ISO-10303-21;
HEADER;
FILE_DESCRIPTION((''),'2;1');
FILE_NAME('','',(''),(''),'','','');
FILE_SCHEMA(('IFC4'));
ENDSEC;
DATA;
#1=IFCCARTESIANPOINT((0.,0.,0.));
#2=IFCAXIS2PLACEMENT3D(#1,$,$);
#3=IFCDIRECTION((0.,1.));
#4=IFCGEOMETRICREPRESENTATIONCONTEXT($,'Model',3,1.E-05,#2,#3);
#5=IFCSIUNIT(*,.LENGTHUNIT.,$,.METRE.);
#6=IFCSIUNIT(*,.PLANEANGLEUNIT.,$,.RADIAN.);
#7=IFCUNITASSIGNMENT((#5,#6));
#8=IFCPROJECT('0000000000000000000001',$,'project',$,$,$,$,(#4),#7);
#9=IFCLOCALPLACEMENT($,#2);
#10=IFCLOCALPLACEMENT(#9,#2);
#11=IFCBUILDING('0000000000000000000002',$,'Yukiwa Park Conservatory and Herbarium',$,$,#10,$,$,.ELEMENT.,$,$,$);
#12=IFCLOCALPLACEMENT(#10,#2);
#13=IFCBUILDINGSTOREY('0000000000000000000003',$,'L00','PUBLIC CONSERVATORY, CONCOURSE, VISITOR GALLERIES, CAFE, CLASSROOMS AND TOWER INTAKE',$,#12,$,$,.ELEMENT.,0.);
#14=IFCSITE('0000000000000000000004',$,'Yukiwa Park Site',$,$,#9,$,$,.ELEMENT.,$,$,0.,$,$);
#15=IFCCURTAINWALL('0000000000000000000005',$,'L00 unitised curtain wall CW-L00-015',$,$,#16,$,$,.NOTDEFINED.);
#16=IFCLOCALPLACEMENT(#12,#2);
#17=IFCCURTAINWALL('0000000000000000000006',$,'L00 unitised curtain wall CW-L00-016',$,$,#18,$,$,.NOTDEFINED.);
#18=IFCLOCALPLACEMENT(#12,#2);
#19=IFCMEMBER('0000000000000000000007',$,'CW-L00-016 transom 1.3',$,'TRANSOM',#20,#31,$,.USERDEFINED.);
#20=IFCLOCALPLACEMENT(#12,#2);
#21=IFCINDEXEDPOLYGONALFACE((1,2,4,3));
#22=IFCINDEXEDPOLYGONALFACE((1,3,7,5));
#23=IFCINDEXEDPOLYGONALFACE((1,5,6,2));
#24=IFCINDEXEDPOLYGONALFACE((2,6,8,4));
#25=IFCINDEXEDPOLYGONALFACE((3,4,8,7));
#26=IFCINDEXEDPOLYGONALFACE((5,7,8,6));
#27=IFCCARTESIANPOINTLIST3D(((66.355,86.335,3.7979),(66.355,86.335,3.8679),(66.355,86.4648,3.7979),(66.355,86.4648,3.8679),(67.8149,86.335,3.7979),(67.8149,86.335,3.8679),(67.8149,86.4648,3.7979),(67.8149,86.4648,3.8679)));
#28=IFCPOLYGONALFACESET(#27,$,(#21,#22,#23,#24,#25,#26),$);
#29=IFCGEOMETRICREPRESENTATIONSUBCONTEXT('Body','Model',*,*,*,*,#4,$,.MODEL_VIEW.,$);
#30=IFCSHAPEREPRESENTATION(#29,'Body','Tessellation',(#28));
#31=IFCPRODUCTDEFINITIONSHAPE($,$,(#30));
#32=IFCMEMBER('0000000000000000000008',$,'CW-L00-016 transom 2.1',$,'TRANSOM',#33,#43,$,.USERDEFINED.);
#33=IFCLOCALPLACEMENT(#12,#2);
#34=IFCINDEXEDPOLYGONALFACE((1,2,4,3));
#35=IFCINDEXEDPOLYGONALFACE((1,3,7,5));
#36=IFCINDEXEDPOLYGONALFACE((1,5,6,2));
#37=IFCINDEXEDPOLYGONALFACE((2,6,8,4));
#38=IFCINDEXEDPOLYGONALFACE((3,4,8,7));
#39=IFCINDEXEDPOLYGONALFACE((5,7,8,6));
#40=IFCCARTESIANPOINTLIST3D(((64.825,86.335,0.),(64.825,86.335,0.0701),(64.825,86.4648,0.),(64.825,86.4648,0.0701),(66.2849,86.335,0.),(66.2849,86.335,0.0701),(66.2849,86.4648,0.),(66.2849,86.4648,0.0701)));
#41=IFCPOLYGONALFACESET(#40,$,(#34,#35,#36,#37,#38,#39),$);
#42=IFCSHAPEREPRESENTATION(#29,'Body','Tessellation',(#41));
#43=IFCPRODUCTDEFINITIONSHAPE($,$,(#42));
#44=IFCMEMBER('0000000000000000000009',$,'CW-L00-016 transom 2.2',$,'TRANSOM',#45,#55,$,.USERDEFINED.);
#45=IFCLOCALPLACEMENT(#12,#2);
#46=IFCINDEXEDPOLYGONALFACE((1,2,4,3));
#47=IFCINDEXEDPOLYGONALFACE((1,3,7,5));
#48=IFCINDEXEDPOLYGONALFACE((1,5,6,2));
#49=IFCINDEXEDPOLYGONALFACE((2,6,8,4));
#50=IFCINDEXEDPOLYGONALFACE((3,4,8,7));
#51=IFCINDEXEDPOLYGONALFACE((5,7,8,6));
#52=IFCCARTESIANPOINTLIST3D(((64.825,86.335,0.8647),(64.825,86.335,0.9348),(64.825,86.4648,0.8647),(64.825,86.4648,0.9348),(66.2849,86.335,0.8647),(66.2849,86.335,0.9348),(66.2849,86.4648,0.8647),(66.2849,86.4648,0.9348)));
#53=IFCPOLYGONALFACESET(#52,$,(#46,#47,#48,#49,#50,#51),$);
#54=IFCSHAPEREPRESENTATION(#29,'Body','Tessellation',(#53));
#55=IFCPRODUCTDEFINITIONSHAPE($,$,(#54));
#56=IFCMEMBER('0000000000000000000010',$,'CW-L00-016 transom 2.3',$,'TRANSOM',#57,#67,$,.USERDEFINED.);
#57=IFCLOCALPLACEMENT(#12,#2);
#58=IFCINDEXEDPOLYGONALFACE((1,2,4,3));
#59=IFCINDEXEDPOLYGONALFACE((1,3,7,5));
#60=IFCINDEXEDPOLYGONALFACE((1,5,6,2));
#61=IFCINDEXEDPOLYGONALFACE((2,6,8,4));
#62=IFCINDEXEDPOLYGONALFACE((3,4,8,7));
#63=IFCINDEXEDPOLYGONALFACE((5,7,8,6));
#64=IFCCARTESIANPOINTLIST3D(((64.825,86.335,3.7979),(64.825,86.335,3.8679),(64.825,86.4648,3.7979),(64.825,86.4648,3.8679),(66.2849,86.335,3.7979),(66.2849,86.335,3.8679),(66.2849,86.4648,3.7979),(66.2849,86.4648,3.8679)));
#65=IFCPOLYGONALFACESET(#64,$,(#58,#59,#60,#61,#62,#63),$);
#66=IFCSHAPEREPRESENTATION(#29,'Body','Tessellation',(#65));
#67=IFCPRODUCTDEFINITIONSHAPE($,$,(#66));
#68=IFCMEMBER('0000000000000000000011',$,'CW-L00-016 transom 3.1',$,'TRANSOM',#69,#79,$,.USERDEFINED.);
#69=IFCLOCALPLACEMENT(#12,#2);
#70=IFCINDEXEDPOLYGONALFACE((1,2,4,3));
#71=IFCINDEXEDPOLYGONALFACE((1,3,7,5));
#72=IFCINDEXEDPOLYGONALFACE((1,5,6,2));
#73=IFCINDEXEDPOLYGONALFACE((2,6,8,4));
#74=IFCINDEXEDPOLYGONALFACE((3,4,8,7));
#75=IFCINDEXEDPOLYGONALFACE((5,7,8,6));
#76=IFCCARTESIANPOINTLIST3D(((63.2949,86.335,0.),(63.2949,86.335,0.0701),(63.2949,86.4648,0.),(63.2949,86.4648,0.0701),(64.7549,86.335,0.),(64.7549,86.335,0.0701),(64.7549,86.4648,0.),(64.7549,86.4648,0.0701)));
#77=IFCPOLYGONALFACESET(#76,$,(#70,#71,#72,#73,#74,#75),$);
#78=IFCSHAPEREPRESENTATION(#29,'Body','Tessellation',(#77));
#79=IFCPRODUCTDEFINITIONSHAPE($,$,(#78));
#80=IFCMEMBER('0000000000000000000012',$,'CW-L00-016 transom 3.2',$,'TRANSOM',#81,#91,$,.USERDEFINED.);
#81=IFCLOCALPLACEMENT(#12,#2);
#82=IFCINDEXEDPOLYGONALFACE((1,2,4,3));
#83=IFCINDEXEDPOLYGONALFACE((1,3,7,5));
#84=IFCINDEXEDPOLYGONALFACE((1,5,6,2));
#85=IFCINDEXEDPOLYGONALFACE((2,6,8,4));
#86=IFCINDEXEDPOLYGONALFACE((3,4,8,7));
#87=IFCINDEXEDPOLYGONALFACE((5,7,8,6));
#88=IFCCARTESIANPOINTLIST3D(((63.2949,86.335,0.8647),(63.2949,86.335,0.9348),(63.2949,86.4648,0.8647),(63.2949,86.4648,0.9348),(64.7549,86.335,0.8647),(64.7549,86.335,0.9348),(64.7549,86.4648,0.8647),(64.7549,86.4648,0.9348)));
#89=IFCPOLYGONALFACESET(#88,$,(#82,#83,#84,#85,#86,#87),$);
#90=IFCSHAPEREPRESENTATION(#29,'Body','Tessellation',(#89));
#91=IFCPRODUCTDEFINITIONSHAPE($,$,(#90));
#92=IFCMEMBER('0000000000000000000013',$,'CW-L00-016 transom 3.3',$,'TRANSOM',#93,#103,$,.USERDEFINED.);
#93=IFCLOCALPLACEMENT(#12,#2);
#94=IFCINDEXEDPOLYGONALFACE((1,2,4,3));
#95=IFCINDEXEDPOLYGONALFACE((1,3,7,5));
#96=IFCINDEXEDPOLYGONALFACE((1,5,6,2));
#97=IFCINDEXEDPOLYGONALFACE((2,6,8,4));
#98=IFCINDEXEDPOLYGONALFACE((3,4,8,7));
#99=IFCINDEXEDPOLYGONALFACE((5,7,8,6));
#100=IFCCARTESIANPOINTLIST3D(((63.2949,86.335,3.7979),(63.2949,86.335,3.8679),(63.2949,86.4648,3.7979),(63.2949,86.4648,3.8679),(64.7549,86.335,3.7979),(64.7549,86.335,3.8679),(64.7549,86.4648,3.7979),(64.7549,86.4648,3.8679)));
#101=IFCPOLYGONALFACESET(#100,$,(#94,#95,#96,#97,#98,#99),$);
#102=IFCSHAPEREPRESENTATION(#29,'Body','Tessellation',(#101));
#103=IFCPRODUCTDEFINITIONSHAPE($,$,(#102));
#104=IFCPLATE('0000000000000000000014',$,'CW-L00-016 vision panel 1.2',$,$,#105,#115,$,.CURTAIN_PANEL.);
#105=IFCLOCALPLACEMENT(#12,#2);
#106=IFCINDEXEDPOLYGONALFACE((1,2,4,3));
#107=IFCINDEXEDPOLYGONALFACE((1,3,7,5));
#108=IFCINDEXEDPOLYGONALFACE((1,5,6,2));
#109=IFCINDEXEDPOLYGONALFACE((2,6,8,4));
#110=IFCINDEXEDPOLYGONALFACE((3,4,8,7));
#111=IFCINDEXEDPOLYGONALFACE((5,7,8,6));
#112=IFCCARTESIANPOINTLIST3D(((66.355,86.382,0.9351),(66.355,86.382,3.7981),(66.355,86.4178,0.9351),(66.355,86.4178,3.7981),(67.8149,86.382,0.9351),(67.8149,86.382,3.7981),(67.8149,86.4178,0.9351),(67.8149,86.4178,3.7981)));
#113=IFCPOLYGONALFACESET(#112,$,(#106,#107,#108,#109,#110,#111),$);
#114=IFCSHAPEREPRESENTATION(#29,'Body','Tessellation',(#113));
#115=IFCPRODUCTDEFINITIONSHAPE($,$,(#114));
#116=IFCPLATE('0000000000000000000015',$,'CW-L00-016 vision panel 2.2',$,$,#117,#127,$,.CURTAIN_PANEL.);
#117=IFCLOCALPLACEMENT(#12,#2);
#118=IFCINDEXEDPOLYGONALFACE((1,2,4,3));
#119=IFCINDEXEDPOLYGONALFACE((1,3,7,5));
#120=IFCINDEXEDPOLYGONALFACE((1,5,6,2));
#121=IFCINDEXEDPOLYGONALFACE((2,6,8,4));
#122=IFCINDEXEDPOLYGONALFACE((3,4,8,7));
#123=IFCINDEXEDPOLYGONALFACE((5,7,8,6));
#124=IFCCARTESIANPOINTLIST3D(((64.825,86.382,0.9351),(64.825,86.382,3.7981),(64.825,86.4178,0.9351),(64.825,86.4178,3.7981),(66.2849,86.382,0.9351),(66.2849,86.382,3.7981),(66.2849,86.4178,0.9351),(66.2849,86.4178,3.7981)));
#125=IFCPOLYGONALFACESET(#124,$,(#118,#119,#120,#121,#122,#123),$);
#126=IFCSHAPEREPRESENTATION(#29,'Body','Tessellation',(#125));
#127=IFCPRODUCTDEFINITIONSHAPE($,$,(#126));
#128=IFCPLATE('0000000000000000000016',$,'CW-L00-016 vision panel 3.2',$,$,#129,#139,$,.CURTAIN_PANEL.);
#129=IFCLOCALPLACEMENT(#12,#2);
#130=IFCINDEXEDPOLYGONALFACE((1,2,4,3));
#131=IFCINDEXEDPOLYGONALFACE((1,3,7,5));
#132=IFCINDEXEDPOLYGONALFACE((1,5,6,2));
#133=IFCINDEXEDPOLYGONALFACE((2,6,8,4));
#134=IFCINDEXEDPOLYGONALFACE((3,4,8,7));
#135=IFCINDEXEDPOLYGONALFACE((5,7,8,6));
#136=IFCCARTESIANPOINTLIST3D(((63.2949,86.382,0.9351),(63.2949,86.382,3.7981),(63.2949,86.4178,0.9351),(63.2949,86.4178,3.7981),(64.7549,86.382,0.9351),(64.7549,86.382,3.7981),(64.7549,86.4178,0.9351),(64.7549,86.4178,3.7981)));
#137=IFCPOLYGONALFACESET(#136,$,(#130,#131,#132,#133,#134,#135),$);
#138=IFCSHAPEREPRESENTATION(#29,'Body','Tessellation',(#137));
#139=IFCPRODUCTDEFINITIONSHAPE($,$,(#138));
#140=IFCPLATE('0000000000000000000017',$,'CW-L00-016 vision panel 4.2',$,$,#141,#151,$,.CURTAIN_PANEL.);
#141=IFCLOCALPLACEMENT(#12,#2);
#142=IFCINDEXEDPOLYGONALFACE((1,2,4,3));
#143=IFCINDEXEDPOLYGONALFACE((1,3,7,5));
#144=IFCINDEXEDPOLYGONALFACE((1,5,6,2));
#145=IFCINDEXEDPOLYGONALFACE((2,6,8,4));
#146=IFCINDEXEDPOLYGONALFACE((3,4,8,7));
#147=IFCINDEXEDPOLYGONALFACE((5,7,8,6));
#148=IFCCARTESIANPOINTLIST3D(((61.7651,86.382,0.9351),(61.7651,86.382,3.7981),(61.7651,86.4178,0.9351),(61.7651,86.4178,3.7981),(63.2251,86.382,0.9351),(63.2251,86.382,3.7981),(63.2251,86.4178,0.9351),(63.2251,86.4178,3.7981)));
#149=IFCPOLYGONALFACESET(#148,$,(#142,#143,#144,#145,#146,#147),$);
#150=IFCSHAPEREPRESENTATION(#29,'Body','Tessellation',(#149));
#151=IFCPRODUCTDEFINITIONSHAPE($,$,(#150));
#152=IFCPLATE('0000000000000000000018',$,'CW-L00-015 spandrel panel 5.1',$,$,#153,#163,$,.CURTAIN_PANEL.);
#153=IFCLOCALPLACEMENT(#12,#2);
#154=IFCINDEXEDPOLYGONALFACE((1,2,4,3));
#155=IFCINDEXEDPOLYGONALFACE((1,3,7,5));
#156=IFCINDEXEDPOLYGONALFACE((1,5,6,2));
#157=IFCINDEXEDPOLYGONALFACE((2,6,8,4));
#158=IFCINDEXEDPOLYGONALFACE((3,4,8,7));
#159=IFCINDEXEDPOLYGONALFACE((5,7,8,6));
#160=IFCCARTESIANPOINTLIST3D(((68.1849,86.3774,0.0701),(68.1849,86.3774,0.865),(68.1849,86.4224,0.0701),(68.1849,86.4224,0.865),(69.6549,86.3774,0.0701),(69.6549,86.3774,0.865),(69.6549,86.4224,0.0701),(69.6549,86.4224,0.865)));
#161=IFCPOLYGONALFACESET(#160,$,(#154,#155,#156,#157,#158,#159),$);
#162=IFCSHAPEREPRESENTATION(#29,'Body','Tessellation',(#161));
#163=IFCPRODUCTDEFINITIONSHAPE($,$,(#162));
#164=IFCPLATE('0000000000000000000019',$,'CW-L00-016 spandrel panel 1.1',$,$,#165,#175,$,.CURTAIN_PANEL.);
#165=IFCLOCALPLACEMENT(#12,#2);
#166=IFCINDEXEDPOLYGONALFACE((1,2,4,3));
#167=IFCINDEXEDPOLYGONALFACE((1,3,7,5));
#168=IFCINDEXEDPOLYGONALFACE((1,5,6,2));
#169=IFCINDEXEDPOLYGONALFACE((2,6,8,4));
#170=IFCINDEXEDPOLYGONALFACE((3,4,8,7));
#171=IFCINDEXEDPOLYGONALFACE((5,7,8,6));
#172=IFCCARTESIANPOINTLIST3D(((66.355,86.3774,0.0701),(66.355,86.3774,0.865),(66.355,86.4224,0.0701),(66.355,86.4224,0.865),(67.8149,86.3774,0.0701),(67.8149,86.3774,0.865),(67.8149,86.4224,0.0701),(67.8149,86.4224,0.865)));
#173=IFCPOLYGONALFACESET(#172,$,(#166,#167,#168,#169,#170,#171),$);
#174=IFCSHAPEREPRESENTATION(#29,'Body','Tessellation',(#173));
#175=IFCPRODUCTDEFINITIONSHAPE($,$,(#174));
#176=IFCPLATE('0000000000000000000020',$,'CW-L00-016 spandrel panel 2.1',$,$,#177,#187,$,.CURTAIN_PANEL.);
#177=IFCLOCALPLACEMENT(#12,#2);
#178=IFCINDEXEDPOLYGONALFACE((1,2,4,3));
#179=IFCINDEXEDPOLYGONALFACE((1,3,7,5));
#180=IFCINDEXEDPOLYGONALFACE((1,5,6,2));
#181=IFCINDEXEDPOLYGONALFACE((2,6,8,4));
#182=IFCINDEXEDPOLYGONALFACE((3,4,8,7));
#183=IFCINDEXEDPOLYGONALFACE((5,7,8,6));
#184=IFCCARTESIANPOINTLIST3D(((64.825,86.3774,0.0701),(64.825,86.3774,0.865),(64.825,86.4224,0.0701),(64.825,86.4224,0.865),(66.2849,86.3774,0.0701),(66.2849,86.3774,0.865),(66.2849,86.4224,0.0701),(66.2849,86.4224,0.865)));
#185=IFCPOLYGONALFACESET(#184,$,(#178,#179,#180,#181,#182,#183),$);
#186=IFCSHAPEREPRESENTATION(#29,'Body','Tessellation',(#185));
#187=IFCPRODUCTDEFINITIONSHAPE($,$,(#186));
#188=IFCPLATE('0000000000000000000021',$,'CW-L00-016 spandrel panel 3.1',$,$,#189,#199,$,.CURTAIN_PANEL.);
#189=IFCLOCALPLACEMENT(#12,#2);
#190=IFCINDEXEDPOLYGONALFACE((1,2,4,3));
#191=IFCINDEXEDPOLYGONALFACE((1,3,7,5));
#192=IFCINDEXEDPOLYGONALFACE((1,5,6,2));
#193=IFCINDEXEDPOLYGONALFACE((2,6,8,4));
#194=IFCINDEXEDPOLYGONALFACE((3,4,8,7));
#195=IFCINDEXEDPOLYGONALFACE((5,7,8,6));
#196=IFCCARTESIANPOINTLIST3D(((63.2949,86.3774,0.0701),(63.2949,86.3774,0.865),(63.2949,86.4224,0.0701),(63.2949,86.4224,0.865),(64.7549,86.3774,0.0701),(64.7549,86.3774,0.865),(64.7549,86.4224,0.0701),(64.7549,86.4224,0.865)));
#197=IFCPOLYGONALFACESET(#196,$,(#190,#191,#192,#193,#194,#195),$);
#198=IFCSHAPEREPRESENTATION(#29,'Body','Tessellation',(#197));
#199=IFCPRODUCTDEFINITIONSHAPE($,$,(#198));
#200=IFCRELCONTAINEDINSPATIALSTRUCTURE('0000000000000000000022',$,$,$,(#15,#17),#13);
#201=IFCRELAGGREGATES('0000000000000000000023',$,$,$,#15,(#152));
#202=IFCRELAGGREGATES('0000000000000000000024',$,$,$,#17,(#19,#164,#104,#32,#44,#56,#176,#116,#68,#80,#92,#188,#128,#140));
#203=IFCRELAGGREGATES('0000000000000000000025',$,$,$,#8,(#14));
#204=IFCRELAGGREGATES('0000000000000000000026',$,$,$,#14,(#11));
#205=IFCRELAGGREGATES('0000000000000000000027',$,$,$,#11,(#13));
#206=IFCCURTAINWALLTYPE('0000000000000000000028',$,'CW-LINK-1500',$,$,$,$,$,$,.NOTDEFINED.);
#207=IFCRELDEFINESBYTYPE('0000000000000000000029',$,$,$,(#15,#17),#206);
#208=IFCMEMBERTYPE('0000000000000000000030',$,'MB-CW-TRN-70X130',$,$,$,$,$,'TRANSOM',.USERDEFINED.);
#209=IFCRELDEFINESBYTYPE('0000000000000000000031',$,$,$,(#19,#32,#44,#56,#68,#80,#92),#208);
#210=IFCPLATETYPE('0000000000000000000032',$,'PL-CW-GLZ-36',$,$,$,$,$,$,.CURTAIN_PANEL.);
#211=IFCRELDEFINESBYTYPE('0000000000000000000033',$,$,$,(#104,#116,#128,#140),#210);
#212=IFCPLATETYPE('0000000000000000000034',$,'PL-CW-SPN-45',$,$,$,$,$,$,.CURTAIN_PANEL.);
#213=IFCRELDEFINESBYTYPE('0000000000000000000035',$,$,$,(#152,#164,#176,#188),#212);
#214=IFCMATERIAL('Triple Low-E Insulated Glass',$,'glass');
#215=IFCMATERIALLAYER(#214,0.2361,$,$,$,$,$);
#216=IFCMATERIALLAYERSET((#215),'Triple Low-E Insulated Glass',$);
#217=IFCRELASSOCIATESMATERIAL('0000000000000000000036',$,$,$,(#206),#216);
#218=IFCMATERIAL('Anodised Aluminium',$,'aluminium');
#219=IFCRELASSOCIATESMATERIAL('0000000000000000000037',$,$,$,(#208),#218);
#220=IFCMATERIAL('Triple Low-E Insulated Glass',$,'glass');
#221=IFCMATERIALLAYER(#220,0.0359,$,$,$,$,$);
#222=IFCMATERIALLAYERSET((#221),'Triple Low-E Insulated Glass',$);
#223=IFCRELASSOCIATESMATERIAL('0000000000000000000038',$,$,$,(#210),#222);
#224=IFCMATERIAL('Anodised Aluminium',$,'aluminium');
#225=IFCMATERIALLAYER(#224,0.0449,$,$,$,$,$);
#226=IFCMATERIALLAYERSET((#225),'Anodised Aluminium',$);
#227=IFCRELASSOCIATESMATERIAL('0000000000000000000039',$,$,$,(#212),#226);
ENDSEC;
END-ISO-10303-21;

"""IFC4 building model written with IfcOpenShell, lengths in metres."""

from ifc_helpers import new_model, si_unit, direction, frame, origin, origin_2d, place, context, subcontext, project, spatial, rectangle, extrude, material, layer, layer_set, type_object, element, aggregate, save


model = new_model("IFC4")

# Units and contexts
model_context = context("Model", 3, precision=1e-05, world=origin(), true_north=direction((0.0, 1.0)))
body_context = subcontext(model_context, "Body", "Model", "MODEL_VIEW")
ifc_project = project(units=[si_unit("LENGTHUNIT", "METRE"), si_unit("PLANEANGLEUNIT", "RADIAN")], contexts=[model_context])

# Site, building, storey
site_placement = place(None, origin())
site = spatial("IfcSite", under=ifc_project, at=site_placement, Name="Yukiwa Park Site", CompositionType="ELEMENT", RefElevation=0.0)
building_placement = place(site_placement, origin())
building = spatial("IfcBuilding", under=site, at=building_placement, Name="Yukiwa Park Conservatory and Herbarium", CompositionType="ELEMENT")
storey_placement = place(building_placement, origin())
storey = spatial("IfcBuildingStorey", under=building, at=storey_placement, Name="L00", Description="PUBLIC CONSERVATORY, CONCOURSE, VISITOR GALLERIES, CAFE, CLASSROOMS AND TOWER INTAKE", CompositionType="ELEMENT", Elevation=0.0)

# Curtain wall
ifc_material_1 = material(Name="Triple Low-E Insulated Glass", Category="glass")
ifc_layer_1 = layer(ifc_material_1, 0.2361)
ifc_layer_set_1 = layer_set([ifc_layer_1], Name="Triple Low-E Insulated Glass")
curtain_wall_type = type_object("IfcCurtainWallType", Name="CW-LINK-1500", PredefinedType="NOTDEFINED", material=ifc_layer_set_1)
curtain_wall_1_placement = place(storey_placement, origin())
curtain_wall_1 = element("IfcCurtainWall", 1, at=curtain_wall_1_placement, inside=storey, type_object=curtain_wall_type, Name="L00 unitised curtain wall CW-L00-015", PredefinedType="NOTDEFINED")

# Curtain wall
curtain_wall_2_placement = place(storey_placement, origin())
curtain_wall_2 = element("IfcCurtainWall", 2, at=curtain_wall_2_placement, inside=storey, type_object=curtain_wall_type, Name="L00 unitised curtain wall CW-L00-016", PredefinedType="NOTDEFINED")

# Members
ifc_material_2 = material(Name="Anodised Aluminium", Category="aluminium")
member_type_1 = type_object("IfcMemberType", Name="MB-CW-TRN-70X130", ElementType="TRANSOM", PredefinedType="USERDEFINED", material=ifc_material_2)
member_1_placement = place(storey_placement, frame((67.085, 86.3999, 3.7979), z_axis=(0.0, 0.0, 1.0), x_axis=(-1.0, 0.0, 0.0)))
member_1 = element("IfcMember", 3, at=member_1_placement, type_object=member_type_1, Name="CW-L00-016 transom 1.3", ObjectType="TRANSOM", PredefinedType="USERDEFINED", context=body_context, shape_type="SweptSolid", body=[
    extrude(rectangle(XDim=1.46, YDim=0.1299, at=origin_2d()), origin(), (0.0, 0.0, 1.0), 0.0701),
])
member_2_placement = place(storey_placement, frame((65.5549, 86.3999, 0.0), z_axis=(0.0, 0.0, 1.0), x_axis=(-1.0, 0.0, 0.0)))
member_2 = element("IfcMember", 4, at=member_2_placement, type_object=member_type_1, Name="CW-L00-016 transom 2.1", ObjectType="TRANSOM", PredefinedType="USERDEFINED", context=body_context, shape_type="SweptSolid", body=[
    extrude(rectangle(XDim=1.46, YDim=0.1299, at=origin_2d()), origin(), (0.0, 0.0, 1.0), 0.0701),
])
member_3_placement = place(storey_placement, frame((65.5549, 86.3999, 0.8647), z_axis=(0.0, 0.0, 1.0), x_axis=(-1.0, 0.0, 0.0)))
member_3 = element("IfcMember", 5, at=member_3_placement, type_object=member_type_1, Name="CW-L00-016 transom 2.2", ObjectType="TRANSOM", PredefinedType="USERDEFINED", context=body_context, shape_type="SweptSolid", body=[
    extrude(rectangle(XDim=1.46, YDim=0.1299, at=origin_2d()), origin(), (0.0, 0.0, 1.0), 0.0701),
])
member_4_placement = place(storey_placement, frame((65.5549, 86.3999, 3.7979), z_axis=(0.0, 0.0, 1.0), x_axis=(-1.0, 0.0, 0.0)))
member_4 = element("IfcMember", 6, at=member_4_placement, type_object=member_type_1, Name="CW-L00-016 transom 2.3", ObjectType="TRANSOM", PredefinedType="USERDEFINED", context=body_context, shape_type="SweptSolid", body=[
    extrude(rectangle(XDim=1.46, YDim=0.1299, at=origin_2d()), origin(), (0.0, 0.0, 1.0), 0.0701),
])
member_5_placement = place(storey_placement, frame((64.0249, 86.3999, 0.0), z_axis=(0.0, 0.0, 1.0), x_axis=(-1.0, 0.0, 0.0)))
member_5 = element("IfcMember", 7, at=member_5_placement, type_object=member_type_1, Name="CW-L00-016 transom 3.1", ObjectType="TRANSOM", PredefinedType="USERDEFINED", context=body_context, shape_type="SweptSolid", body=[
    extrude(rectangle(XDim=1.46, YDim=0.1299, at=origin_2d()), origin(), (0.0, 0.0, 1.0), 0.0701),
])
member_6_placement = place(storey_placement, frame((64.0249, 86.3999, 0.8647), z_axis=(0.0, 0.0, 1.0), x_axis=(-1.0, 0.0, 0.0)))
member_6 = element("IfcMember", 8, at=member_6_placement, type_object=member_type_1, Name="CW-L00-016 transom 3.2", ObjectType="TRANSOM", PredefinedType="USERDEFINED", context=body_context, shape_type="SweptSolid", body=[
    extrude(rectangle(XDim=1.46, YDim=0.1299, at=origin_2d()), origin(), (0.0, 0.0, 1.0), 0.0701),
])
member_7_placement = place(storey_placement, frame((64.0249, 86.3999, 3.7979), z_axis=(0.0, 0.0, 1.0), x_axis=(-1.0, 0.0, 0.0)))
member_7 = element("IfcMember", 9, at=member_7_placement, type_object=member_type_1, Name="CW-L00-016 transom 3.3", ObjectType="TRANSOM", PredefinedType="USERDEFINED", context=body_context, shape_type="SweptSolid", body=[
    extrude(rectangle(XDim=1.46, YDim=0.1299, at=origin_2d()), origin(), (0.0, 0.0, 1.0), 0.0701),
])

# Plates
ifc_material_3 = material(Name="Triple Low-E Insulated Glass", Category="glass")
ifc_layer_2 = layer(ifc_material_3, 0.0359)
ifc_layer_set_2 = layer_set([ifc_layer_2], Name="Triple Low-E Insulated Glass")
plate_type_1 = type_object("IfcPlateType", Name="PL-CW-GLZ-36", PredefinedType="CURTAIN_PANEL", material=ifc_layer_set_2)
plate_1_placement = place(storey_placement, frame((67.085, 86.3999, 0.9351), z_axis=(0.0, 0.0, 1.0), x_axis=(-1.0, 0.0, 0.0)))
plate_1 = element("IfcPlate", 10, at=plate_1_placement, type_object=plate_type_1, Name="CW-L00-016 vision panel 1.2", PredefinedType="CURTAIN_PANEL", context=body_context, shape_type="SweptSolid", body=[
    extrude(rectangle(XDim=1.46, YDim=0.0359, at=origin_2d()), origin(), (0.0, 0.0, 1.0), 2.863),
])
plate_2_placement = place(storey_placement, frame((65.5549, 86.3999, 0.9351), z_axis=(0.0, 0.0, 1.0), x_axis=(-1.0, 0.0, 0.0)))
plate_2 = element("IfcPlate", 11, at=plate_2_placement, type_object=plate_type_1, Name="CW-L00-016 vision panel 2.2", PredefinedType="CURTAIN_PANEL", context=body_context, shape_type="SweptSolid", body=[
    extrude(rectangle(XDim=1.46, YDim=0.0359, at=origin_2d()), origin(), (0.0, 0.0, 1.0), 2.863),
])
plate_3_placement = place(storey_placement, frame((64.0249, 86.3999, 0.9351), z_axis=(0.0, 0.0, 1.0), x_axis=(-1.0, 0.0, 0.0)))
plate_3 = element("IfcPlate", 12, at=plate_3_placement, type_object=plate_type_1, Name="CW-L00-016 vision panel 3.2", PredefinedType="CURTAIN_PANEL", context=body_context, shape_type="SweptSolid", body=[
    extrude(rectangle(XDim=1.46, YDim=0.0359, at=origin_2d()), origin(), (0.0, 0.0, 1.0), 2.863),
])
plate_4_placement = place(storey_placement, frame((62.4951, 86.3999, 0.9351), z_axis=(0.0, 0.0, 1.0), x_axis=(-1.0, 0.0, 0.0)))
plate_4 = element("IfcPlate", 13, at=plate_4_placement, type_object=plate_type_1, Name="CW-L00-016 vision panel 4.2", PredefinedType="CURTAIN_PANEL", context=body_context, shape_type="SweptSolid", body=[
    extrude(rectangle(XDim=1.46, YDim=0.0359, at=origin_2d()), origin(), (0.0, 0.0, 1.0), 2.863),
])
ifc_material_4 = material(Name="Anodised Aluminium", Category="aluminium")
ifc_layer_3 = layer(ifc_material_4, 0.0449)
ifc_layer_set_3 = layer_set([ifc_layer_3], Name="Anodised Aluminium")
plate_type_2 = type_object("IfcPlateType", Name="PL-CW-SPN-45", PredefinedType="CURTAIN_PANEL", material=ifc_layer_set_3)
plate_5_placement = place(storey_placement, frame((68.9199, 86.3999, 0.0701), z_axis=(0.0, 0.0, 1.0), x_axis=(-1.0, 0.0, 0.0)))
plate_5 = element("IfcPlate", 14, at=plate_5_placement, type_object=plate_type_2, Name="CW-L00-015 spandrel panel 5.1", PredefinedType="CURTAIN_PANEL", context=body_context, shape_type="SweptSolid", body=[
    extrude(rectangle(XDim=1.47, YDim=0.0449, at=origin_2d()), origin(), (0.0, 0.0, 1.0), 0.7949),
])
aggregate(curtain_wall_1, [plate_5])
plate_6_placement = place(storey_placement, frame((67.085, 86.3999, 0.0701), z_axis=(0.0, 0.0, 1.0), x_axis=(-1.0, 0.0, 0.0)))
plate_6 = element("IfcPlate", 15, at=plate_6_placement, type_object=plate_type_2, Name="CW-L00-016 spandrel panel 1.1", PredefinedType="CURTAIN_PANEL", context=body_context, shape_type="SweptSolid", body=[
    extrude(rectangle(XDim=1.46, YDim=0.0449, at=origin_2d()), origin(), (0.0, 0.0, 1.0), 0.7949),
])
plate_7_placement = place(storey_placement, frame((65.5549, 86.3999, 0.0701), z_axis=(0.0, 0.0, 1.0), x_axis=(-1.0, 0.0, 0.0)))
plate_7 = element("IfcPlate", 16, at=plate_7_placement, type_object=plate_type_2, Name="CW-L00-016 spandrel panel 2.1", PredefinedType="CURTAIN_PANEL", context=body_context, shape_type="SweptSolid", body=[
    extrude(rectangle(XDim=1.46, YDim=0.0449, at=origin_2d()), origin(), (0.0, 0.0, 1.0), 0.7949),
])
plate_8_placement = place(storey_placement, frame((64.0249, 86.3999, 0.0701), z_axis=(0.0, 0.0, 1.0), x_axis=(-1.0, 0.0, 0.0)))
plate_8 = element("IfcPlate", 17, at=plate_8_placement, type_object=plate_type_2, Name="CW-L00-016 spandrel panel 3.1", PredefinedType="CURTAIN_PANEL", context=body_context, shape_type="SweptSolid", body=[
    extrude(rectangle(XDim=1.46, YDim=0.0449, at=origin_2d()), origin(), (0.0, 0.0, 1.0), 0.7949),
])
aggregate(curtain_wall_2, [member_1, plate_6, plate_1, member_2, member_3, member_4, plate_7, plate_2, member_5, member_6, member_7, plate_8, plate_3, plate_4])

save(model, "model.ifc")
